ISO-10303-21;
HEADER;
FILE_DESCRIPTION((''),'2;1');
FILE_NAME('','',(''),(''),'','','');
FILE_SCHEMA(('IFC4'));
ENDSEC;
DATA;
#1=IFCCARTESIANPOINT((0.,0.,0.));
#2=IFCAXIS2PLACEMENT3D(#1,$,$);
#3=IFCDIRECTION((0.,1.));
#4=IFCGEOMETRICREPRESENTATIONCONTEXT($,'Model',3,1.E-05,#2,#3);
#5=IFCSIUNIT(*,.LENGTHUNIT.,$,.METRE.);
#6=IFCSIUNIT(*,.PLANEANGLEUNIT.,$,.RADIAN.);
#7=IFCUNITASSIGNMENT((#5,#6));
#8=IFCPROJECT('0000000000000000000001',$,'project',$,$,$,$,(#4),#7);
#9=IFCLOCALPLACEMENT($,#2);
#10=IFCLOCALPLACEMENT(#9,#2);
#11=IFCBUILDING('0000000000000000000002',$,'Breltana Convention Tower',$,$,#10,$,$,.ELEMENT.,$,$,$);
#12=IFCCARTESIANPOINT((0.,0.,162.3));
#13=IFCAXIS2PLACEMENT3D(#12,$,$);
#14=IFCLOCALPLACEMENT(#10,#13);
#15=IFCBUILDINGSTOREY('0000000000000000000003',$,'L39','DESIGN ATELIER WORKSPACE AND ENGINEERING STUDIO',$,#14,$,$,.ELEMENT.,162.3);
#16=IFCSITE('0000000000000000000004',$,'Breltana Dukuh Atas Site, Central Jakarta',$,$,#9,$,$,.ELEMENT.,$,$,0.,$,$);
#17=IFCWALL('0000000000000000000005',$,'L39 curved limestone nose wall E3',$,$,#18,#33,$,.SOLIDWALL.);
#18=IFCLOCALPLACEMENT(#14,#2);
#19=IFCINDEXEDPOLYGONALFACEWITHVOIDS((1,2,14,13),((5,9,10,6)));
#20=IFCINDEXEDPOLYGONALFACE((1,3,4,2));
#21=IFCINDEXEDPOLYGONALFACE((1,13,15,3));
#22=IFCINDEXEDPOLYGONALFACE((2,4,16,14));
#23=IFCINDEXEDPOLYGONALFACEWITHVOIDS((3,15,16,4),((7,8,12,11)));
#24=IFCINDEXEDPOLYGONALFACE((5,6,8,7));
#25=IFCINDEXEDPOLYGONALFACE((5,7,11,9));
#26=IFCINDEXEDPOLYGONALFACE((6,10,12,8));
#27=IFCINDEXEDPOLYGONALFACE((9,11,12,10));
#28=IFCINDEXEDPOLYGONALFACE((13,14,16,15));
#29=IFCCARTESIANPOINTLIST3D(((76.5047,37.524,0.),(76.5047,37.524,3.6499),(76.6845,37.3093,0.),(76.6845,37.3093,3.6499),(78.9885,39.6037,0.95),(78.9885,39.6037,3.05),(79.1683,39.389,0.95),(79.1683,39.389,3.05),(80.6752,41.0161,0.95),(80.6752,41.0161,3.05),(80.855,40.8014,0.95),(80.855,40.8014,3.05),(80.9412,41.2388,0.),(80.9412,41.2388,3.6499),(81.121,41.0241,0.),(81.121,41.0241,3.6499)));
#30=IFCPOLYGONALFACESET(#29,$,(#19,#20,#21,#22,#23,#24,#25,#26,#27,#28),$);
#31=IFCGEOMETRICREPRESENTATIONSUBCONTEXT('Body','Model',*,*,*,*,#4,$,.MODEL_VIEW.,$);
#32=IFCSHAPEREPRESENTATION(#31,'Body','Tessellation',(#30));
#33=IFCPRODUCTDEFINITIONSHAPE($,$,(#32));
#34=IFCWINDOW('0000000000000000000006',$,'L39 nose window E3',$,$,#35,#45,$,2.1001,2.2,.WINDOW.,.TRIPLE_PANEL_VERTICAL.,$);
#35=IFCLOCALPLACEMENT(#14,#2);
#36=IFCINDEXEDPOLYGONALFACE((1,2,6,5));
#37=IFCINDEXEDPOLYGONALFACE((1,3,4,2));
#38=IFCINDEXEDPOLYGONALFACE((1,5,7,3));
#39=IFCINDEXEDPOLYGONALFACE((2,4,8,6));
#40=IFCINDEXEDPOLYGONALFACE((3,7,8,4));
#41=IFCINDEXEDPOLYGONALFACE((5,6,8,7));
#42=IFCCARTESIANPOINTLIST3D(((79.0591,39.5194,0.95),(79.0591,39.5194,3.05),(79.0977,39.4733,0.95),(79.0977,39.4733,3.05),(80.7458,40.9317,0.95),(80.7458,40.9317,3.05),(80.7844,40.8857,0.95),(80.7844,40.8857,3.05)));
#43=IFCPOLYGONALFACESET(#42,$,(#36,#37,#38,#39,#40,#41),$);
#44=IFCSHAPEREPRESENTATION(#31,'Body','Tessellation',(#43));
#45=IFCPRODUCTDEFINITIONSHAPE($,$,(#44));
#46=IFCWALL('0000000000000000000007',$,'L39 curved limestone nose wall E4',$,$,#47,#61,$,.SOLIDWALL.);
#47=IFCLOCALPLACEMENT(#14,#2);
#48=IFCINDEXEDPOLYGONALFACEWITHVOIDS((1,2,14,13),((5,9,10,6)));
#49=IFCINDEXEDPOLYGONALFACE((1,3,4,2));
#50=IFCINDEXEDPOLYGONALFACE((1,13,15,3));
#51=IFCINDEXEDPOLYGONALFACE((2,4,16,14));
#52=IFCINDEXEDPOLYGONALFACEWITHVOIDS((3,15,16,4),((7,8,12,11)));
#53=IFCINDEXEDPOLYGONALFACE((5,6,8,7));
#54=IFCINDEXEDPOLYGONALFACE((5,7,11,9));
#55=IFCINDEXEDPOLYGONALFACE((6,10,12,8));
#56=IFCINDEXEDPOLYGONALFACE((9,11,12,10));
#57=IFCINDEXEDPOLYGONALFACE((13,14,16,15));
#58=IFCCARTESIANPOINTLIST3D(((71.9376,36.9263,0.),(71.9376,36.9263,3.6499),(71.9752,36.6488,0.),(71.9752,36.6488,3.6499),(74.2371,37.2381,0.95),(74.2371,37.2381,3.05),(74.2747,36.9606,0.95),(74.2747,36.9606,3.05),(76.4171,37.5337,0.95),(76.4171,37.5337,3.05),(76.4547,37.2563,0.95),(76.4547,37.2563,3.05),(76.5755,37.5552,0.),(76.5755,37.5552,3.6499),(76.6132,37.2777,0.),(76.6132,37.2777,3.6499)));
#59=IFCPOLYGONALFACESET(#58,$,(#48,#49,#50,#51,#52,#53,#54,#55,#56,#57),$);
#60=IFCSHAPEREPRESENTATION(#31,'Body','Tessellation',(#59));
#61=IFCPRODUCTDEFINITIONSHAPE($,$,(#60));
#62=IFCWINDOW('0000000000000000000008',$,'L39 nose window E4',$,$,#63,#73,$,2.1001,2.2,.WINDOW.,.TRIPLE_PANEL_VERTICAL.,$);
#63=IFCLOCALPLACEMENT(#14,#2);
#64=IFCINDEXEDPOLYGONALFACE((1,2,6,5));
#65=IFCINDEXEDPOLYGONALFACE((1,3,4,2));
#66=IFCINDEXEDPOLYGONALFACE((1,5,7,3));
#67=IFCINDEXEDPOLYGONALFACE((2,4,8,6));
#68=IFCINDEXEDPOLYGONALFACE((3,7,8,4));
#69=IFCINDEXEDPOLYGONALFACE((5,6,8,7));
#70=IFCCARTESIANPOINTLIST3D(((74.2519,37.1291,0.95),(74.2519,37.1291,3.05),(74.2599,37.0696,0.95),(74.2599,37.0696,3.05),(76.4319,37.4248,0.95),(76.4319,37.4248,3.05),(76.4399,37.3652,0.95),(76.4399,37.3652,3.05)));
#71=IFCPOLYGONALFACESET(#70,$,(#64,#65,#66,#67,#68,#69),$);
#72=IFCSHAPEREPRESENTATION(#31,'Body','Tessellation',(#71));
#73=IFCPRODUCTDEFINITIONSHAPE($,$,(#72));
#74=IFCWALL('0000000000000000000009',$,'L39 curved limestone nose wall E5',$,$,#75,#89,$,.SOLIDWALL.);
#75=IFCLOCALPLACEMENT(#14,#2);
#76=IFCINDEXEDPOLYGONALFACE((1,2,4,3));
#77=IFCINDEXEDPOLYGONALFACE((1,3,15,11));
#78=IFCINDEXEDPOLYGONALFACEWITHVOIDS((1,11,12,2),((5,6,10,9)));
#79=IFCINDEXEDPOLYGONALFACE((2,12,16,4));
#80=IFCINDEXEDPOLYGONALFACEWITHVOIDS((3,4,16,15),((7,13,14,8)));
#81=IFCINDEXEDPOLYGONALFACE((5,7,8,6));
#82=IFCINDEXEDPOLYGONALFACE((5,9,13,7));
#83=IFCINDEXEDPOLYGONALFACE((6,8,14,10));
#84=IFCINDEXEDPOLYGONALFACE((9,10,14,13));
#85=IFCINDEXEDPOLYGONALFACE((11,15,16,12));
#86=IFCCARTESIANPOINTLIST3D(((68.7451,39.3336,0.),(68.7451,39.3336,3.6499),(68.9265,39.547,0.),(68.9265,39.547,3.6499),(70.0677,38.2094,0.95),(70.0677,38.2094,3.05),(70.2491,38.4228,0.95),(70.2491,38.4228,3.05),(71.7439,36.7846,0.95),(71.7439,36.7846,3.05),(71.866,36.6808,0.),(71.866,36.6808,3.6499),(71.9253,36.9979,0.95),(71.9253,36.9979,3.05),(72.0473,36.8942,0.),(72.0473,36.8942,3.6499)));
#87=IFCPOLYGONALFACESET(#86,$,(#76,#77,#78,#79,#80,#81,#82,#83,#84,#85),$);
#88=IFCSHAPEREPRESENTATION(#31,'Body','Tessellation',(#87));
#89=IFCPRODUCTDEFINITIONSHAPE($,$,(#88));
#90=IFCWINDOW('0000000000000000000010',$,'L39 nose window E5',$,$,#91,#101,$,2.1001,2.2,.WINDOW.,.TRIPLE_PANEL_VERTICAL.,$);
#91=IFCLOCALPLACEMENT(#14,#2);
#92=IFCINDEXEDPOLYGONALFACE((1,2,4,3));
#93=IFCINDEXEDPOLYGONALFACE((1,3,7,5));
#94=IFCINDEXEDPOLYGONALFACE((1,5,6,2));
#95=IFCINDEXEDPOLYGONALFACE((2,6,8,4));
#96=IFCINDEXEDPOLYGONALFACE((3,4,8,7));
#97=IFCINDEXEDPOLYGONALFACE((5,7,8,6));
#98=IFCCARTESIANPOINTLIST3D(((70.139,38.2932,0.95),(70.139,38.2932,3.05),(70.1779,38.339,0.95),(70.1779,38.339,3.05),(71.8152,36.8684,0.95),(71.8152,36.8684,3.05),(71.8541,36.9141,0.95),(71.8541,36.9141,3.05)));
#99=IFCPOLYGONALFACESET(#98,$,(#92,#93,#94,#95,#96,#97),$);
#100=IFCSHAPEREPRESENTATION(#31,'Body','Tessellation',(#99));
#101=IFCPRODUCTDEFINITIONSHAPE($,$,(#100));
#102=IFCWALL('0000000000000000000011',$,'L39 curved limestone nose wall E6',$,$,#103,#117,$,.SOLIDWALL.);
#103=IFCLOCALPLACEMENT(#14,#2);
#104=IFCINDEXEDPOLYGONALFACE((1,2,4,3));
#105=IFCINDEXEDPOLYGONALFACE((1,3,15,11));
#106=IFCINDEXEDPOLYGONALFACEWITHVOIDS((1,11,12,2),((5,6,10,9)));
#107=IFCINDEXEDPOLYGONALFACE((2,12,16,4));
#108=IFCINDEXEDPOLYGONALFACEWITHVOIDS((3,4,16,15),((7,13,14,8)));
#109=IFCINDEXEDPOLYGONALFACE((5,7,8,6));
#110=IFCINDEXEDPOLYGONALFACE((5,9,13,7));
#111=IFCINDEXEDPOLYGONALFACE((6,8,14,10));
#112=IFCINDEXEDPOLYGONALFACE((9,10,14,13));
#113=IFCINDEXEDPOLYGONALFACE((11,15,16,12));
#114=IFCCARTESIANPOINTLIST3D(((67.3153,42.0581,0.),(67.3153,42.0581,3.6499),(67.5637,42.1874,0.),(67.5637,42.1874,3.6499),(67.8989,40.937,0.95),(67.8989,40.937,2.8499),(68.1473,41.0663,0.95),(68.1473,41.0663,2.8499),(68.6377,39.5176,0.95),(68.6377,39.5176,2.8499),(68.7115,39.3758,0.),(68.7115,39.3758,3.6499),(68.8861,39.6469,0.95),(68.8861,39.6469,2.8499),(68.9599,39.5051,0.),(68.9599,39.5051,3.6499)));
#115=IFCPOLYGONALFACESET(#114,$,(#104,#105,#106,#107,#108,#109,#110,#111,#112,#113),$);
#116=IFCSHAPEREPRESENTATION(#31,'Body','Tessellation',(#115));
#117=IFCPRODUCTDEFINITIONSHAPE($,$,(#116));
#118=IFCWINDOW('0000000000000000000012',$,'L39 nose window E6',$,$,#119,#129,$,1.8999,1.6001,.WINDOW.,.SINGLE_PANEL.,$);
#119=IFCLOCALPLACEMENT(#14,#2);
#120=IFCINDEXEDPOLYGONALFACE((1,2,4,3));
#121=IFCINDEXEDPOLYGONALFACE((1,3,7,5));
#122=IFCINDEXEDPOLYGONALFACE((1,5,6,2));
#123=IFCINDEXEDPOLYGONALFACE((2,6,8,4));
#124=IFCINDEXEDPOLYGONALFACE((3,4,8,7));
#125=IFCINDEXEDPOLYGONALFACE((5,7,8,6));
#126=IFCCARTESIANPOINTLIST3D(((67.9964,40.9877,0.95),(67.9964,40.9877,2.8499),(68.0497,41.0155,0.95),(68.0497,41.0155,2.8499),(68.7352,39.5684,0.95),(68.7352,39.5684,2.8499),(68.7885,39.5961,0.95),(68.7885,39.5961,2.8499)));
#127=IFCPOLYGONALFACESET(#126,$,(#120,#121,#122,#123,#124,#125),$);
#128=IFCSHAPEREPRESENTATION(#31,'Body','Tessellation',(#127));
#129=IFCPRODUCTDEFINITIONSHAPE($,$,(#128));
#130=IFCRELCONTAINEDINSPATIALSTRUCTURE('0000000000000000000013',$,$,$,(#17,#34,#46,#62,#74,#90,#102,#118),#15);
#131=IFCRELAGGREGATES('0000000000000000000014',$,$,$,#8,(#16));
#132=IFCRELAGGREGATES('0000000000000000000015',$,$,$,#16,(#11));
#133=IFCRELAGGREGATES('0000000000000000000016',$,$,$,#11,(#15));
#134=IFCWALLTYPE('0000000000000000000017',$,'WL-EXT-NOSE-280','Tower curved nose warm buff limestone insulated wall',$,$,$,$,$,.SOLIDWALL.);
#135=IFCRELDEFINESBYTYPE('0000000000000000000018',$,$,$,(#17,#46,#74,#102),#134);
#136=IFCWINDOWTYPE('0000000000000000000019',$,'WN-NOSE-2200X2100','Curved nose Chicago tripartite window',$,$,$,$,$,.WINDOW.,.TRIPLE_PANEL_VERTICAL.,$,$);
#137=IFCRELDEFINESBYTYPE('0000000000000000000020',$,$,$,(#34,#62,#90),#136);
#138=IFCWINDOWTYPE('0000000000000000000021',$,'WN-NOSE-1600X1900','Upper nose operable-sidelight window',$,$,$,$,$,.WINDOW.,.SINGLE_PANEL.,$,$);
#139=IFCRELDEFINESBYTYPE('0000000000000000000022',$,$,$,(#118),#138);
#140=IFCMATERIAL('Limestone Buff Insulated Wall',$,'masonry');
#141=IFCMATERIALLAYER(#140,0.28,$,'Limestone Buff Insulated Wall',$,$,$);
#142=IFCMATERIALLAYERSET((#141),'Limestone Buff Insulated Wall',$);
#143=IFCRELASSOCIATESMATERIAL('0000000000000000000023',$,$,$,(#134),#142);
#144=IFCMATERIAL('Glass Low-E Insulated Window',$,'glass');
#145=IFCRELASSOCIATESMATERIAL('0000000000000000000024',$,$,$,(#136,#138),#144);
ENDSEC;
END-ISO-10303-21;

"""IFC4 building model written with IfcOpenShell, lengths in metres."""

from ifc_helpers import new_model, si_unit, direction, frame, frame_2d, origin, place, context, subcontext, project, spatial, rectangle, extrude, source, transform, mapped, material, layer, layer_set, type_object, type_shapes, element, fill, save


model = new_model("IFC4")

# Units and contexts
model_context = context("Model", 3, precision=1e-05, world=origin(), true_north=direction((0.0, 1.0)))
body_context = subcontext(model_context, "Body", "Model", "MODEL_VIEW")
ifc_project = project(units=[si_unit("LENGTHUNIT", "METRE"), si_unit("PLANEANGLEUNIT", "RADIAN")], contexts=[model_context])

# Site, building, storey
site_placement = place(None, origin())
site = spatial("IfcSite", under=ifc_project, at=site_placement, Name="Breltana Dukuh Atas Site, Central Jakarta", CompositionType="ELEMENT", RefElevation=0.0)
building_placement = place(site_placement, origin())
building = spatial("IfcBuilding", under=site, at=building_placement, Name="Breltana Convention Tower", CompositionType="ELEMENT")
storey_placement = place(building_placement, frame((0.0, 0.0, 162.3)))
storey = spatial("IfcBuildingStorey", under=building, at=storey_placement, Name="L39", Description="DESIGN ATELIER WORKSPACE AND ENGINEERING STUDIO", CompositionType="ELEMENT", Elevation=162.3)

# Walls, openings, windows
ifc_material_1 = material(Name="Limestone Buff Insulated Wall", Category="masonry")
ifc_layer_1 = layer(ifc_material_1, 0.28, Name="Limestone Buff Insulated Wall")
ifc_layer_set_1 = layer_set([ifc_layer_1], Name="Limestone Buff Insulated Wall")
wall_type = type_object("IfcWallType", Name="WL-EXT-NOSE-280", Description="Tower curved nose warm buff limestone insulated wall", PredefinedType="SOLIDWALL", material=ifc_layer_set_1)
shared_shape_1 = source(origin(), body_context, "Body", "SweptSolid", [
    extrude(rectangle(XDim=5.7864, YDim=0.28, at=frame_2d((2.8931, 0.0))), origin(), (0.0, 0.0, 1.0), 3.6499),
])
wall_1_placement = place(storey_placement, frame((81.031, 41.1313, 0.0), z_axis=(0.0, 0.0, 1.0), x_axis=(-0.766711, -0.641992, 0.0)))
wall_1 = element("IfcWall", 1, at=wall_1_placement, inside=storey, type_object=wall_type, Name="L39 curved limestone nose wall E3", PredefinedType="SOLIDWALL", context=body_context, shape_type="MappedRepresentation", body=[
    mapped(shared_shape_1, transform((0.0, 0.0, 0.0), scale=1.0)),
])
opening_1_placement = place(wall_1_placement, frame((0.3467, 0.0, 0.95)))
opening_1 = element("IfcOpeningElement", 2, at=opening_1_placement, cuts=wall_1, PredefinedType="OPENING", context=body_context, shape_type="SweptSolid", body=[
    extrude(rectangle(XDim=2.2, YDim=2.1001, at=frame_2d((1.1001, 1.05))), frame((0.0, 0.1499, 0.0), z_axis=(0.0, -1.0, 0.0), x_axis=(1.0, 0.0, 0.0)), (0.0, 0.0, 1.0), 0.3),
])
ifc_material_2 = material(Name="Glass Low-E Insulated Window", Category="glass")
window_type_1 = type_object("IfcWindowType", Name="WN-NOSE-2200X2100", Description="Curved nose Chicago tripartite window", PartitioningType="TRIPLE_PANEL_VERTICAL", PredefinedType="WINDOW", material=ifc_material_2)
shared_shape_2 = source(origin(), body_context, "Body", "SweptSolid", [
    extrude(rectangle(XDim=2.2, YDim=2.1001, at=frame_2d((1.1001, 1.05))), frame((0.0, 0.03, 0.0), z_axis=(0.0, -1.0, 0.0), x_axis=(1.0, 0.0, 0.0)), (0.0, 0.0, 1.0), 0.0601),
])
type_shapes(window_type_1, [shared_shape_2])
window_1_placement = place(opening_1_placement, origin())
window_1 = element("IfcWindow", 3, at=window_1_placement, inside=storey, type_object=window_type_1, Name="L39 nose window E3", OverallHeight=2.1001, OverallWidth=2.2, PartitioningType="TRIPLE_PANEL_VERTICAL", PredefinedType="WINDOW", context=body_context, shape_type="MappedRepresentation", body=[
    mapped(shared_shape_2, transform((0.0, 0.0, 0.0), scale=1.0)),
])
fill(opening_1, window_1)
shared_shape_3 = source(origin(), body_context, "Body", "SweptSolid", [
    extrude(rectangle(XDim=4.6804, YDim=0.28, at=frame_2d((2.3403, 0.0))), origin(), (0.0, 0.0, 1.0), 3.6499),
])
wall_2_placement = place(storey_placement, frame((76.5945, 37.4165, 0.0), z_axis=(0.0, 0.0, 1.0), x_axis=(-0.990931, -0.134371, 0.0)))
wall_2 = element("IfcWall", 4, at=wall_2_placement, inside=storey, type_object=wall_type, Name="L39 curved limestone nose wall E4", PredefinedType="SOLIDWALL", context=body_context, shape_type="MappedRepresentation", body=[
    mapped(shared_shape_3, transform((0.0, 0.0, 0.0), scale=1.0)),
])
opening_2_placement = place(wall_2_placement, frame((0.1599, 0.0, 0.95)))
opening_2 = element("IfcOpeningElement", 5, at=opening_2_placement, cuts=wall_2, PredefinedType="OPENING", context=body_context, shape_type="SweptSolid", body=[
    extrude(rectangle(XDim=2.2, YDim=2.1001, at=frame_2d((1.1001, 1.05))), frame((0.0, 0.1499, 0.0), z_axis=(0.0, -1.0, 0.0), x_axis=(1.0, 0.0, 0.0)), (0.0, 0.0, 1.0), 0.3),
])
window_2_placement = place(opening_2_placement, origin())
window_2 = element("IfcWindow", 6, at=window_2_placement, inside=storey, type_object=window_type_1, Name="L39 nose window E4", OverallHeight=2.1001, OverallWidth=2.2, PartitioningType="TRIPLE_PANEL_VERTICAL", PredefinedType="WINDOW", context=body_context, shape_type="MappedRepresentation", body=[
    mapped(shared_shape_2, transform((0.0, 0.0, 0.0), scale=1.0)),
])
fill(opening_2, window_2)
shared_shape_4 = source(origin(), body_context, "Body", "SweptSolid", [
    extrude(rectangle(XDim=4.0959, YDim=0.28, at=frame_2d((2.0479, 0.0))), origin(), (0.0, 0.0, 1.0), 3.6499),
])
wall_3_placement = place(storey_placement, frame((71.9565, 36.7876, 0.0), z_axis=(0.0, 0.0, 1.0), x_axis=(-0.761926, 0.647664, 0.0)))
wall_3 = element("IfcWall", 7, at=wall_3_placement, inside=storey, type_object=wall_type, Name="L39 curved limestone nose wall E5", PredefinedType="SOLIDWALL", context=body_context, shape_type="MappedRepresentation", body=[
    mapped(shared_shape_4, transform((0.0, 0.0, 0.0), scale=1.0)),
])
opening_3_placement = place(wall_3_placement, frame((0.1599, 0.0, 0.95)))
opening_3 = element("IfcOpeningElement", 8, at=opening_3_placement, cuts=wall_3, PredefinedType="OPENING", context=body_context, shape_type="SweptSolid", body=[
    extrude(rectangle(XDim=2.2, YDim=2.1001, at=frame_2d((1.1001, 1.05))), frame((0.0, 0.1499, 0.0), z_axis=(0.0, -1.0, 0.0), x_axis=(1.0, 0.0, 0.0)), (0.0, 0.0, 1.0), 0.3),
])
window_3_placement = place(opening_3_placement, origin())
window_3 = element("IfcWindow", 9, at=window_3_placement, inside=storey, type_object=window_type_1, Name="L39 nose window E5", OverallHeight=2.1001, OverallWidth=2.2, PartitioningType="TRIPLE_PANEL_VERTICAL", PredefinedType="WINDOW", context=body_context, shape_type="MappedRepresentation", body=[
    mapped(shared_shape_2, transform((0.0, 0.0, 0.0), scale=1.0)),
])
fill(opening_3, window_3)
shared_shape_5 = source(origin(), body_context, "Body", "SweptSolid", [
    extrude(rectangle(XDim=3.0239, YDim=0.28, at=frame_2d((1.512, 0.0))), origin(), (0.0, 0.0, 1.0), 3.6499),
])
wall_4_placement = place(storey_placement, frame((68.8357, 39.4404, 0.0), z_axis=(0.0, 0.0, 1.0), x_axis=(-0.461719, 0.887026, 0.0)))
wall_4 = element("IfcWall", 10, at=wall_4_placement, inside=storey, type_object=wall_type, Name="L39 curved limestone nose wall E6", PredefinedType="SOLIDWALL", context=body_context, shape_type="MappedRepresentation", body=[
    mapped(shared_shape_5, transform((0.0, 0.0, 0.0), scale=1.0)),
])
opening_4_placement = place(wall_4_placement, frame((0.1599, 0.0, 0.95)))
opening_4 = element("IfcOpeningElement", 11, at=opening_4_placement, cuts=wall_4, PredefinedType="OPENING", context=body_context, shape_type="SweptSolid", body=[
    extrude(rectangle(XDim=1.6001, YDim=1.8999, at=frame_2d((0.8, 0.95))), frame((0.0, 0.1499, 0.0), z_axis=(0.0, -1.0, 0.0), x_axis=(1.0, 0.0, 0.0)), (0.0, 0.0, 1.0), 0.3),
])
window_type_2 = type_object("IfcWindowType", Name="WN-NOSE-1600X1900", Description="Upper nose operable-sidelight window", PartitioningType="SINGLE_PANEL", PredefinedType="WINDOW", material=ifc_material_2)
shared_shape_6 = source(origin(), body_context, "Body", "SweptSolid", [
    extrude(rectangle(XDim=1.6001, YDim=1.8999, at=frame_2d((0.8, 0.95))), frame((0.0, 0.03, 0.0), z_axis=(0.0, -1.0, 0.0), x_axis=(1.0, 0.0, 0.0)), (0.0, 0.0, 1.0), 0.0601),
])
type_shapes(window_type_2, [shared_shape_6])
window_4_placement = place(opening_4_placement, origin())
window_4 = element("IfcWindow", 12, at=window_4_placement, inside=storey, type_object=window_type_2, Name="L39 nose window E6", OverallHeight=1.8999, OverallWidth=1.6001, PartitioningType="SINGLE_PANEL", PredefinedType="WINDOW", context=body_context, shape_type="MappedRepresentation", body=[
    mapped(shared_shape_6, transform((0.0, 0.0, 0.0), scale=1.0)),
])
fill(opening_4, window_4)

save(model, "model.ifc")
